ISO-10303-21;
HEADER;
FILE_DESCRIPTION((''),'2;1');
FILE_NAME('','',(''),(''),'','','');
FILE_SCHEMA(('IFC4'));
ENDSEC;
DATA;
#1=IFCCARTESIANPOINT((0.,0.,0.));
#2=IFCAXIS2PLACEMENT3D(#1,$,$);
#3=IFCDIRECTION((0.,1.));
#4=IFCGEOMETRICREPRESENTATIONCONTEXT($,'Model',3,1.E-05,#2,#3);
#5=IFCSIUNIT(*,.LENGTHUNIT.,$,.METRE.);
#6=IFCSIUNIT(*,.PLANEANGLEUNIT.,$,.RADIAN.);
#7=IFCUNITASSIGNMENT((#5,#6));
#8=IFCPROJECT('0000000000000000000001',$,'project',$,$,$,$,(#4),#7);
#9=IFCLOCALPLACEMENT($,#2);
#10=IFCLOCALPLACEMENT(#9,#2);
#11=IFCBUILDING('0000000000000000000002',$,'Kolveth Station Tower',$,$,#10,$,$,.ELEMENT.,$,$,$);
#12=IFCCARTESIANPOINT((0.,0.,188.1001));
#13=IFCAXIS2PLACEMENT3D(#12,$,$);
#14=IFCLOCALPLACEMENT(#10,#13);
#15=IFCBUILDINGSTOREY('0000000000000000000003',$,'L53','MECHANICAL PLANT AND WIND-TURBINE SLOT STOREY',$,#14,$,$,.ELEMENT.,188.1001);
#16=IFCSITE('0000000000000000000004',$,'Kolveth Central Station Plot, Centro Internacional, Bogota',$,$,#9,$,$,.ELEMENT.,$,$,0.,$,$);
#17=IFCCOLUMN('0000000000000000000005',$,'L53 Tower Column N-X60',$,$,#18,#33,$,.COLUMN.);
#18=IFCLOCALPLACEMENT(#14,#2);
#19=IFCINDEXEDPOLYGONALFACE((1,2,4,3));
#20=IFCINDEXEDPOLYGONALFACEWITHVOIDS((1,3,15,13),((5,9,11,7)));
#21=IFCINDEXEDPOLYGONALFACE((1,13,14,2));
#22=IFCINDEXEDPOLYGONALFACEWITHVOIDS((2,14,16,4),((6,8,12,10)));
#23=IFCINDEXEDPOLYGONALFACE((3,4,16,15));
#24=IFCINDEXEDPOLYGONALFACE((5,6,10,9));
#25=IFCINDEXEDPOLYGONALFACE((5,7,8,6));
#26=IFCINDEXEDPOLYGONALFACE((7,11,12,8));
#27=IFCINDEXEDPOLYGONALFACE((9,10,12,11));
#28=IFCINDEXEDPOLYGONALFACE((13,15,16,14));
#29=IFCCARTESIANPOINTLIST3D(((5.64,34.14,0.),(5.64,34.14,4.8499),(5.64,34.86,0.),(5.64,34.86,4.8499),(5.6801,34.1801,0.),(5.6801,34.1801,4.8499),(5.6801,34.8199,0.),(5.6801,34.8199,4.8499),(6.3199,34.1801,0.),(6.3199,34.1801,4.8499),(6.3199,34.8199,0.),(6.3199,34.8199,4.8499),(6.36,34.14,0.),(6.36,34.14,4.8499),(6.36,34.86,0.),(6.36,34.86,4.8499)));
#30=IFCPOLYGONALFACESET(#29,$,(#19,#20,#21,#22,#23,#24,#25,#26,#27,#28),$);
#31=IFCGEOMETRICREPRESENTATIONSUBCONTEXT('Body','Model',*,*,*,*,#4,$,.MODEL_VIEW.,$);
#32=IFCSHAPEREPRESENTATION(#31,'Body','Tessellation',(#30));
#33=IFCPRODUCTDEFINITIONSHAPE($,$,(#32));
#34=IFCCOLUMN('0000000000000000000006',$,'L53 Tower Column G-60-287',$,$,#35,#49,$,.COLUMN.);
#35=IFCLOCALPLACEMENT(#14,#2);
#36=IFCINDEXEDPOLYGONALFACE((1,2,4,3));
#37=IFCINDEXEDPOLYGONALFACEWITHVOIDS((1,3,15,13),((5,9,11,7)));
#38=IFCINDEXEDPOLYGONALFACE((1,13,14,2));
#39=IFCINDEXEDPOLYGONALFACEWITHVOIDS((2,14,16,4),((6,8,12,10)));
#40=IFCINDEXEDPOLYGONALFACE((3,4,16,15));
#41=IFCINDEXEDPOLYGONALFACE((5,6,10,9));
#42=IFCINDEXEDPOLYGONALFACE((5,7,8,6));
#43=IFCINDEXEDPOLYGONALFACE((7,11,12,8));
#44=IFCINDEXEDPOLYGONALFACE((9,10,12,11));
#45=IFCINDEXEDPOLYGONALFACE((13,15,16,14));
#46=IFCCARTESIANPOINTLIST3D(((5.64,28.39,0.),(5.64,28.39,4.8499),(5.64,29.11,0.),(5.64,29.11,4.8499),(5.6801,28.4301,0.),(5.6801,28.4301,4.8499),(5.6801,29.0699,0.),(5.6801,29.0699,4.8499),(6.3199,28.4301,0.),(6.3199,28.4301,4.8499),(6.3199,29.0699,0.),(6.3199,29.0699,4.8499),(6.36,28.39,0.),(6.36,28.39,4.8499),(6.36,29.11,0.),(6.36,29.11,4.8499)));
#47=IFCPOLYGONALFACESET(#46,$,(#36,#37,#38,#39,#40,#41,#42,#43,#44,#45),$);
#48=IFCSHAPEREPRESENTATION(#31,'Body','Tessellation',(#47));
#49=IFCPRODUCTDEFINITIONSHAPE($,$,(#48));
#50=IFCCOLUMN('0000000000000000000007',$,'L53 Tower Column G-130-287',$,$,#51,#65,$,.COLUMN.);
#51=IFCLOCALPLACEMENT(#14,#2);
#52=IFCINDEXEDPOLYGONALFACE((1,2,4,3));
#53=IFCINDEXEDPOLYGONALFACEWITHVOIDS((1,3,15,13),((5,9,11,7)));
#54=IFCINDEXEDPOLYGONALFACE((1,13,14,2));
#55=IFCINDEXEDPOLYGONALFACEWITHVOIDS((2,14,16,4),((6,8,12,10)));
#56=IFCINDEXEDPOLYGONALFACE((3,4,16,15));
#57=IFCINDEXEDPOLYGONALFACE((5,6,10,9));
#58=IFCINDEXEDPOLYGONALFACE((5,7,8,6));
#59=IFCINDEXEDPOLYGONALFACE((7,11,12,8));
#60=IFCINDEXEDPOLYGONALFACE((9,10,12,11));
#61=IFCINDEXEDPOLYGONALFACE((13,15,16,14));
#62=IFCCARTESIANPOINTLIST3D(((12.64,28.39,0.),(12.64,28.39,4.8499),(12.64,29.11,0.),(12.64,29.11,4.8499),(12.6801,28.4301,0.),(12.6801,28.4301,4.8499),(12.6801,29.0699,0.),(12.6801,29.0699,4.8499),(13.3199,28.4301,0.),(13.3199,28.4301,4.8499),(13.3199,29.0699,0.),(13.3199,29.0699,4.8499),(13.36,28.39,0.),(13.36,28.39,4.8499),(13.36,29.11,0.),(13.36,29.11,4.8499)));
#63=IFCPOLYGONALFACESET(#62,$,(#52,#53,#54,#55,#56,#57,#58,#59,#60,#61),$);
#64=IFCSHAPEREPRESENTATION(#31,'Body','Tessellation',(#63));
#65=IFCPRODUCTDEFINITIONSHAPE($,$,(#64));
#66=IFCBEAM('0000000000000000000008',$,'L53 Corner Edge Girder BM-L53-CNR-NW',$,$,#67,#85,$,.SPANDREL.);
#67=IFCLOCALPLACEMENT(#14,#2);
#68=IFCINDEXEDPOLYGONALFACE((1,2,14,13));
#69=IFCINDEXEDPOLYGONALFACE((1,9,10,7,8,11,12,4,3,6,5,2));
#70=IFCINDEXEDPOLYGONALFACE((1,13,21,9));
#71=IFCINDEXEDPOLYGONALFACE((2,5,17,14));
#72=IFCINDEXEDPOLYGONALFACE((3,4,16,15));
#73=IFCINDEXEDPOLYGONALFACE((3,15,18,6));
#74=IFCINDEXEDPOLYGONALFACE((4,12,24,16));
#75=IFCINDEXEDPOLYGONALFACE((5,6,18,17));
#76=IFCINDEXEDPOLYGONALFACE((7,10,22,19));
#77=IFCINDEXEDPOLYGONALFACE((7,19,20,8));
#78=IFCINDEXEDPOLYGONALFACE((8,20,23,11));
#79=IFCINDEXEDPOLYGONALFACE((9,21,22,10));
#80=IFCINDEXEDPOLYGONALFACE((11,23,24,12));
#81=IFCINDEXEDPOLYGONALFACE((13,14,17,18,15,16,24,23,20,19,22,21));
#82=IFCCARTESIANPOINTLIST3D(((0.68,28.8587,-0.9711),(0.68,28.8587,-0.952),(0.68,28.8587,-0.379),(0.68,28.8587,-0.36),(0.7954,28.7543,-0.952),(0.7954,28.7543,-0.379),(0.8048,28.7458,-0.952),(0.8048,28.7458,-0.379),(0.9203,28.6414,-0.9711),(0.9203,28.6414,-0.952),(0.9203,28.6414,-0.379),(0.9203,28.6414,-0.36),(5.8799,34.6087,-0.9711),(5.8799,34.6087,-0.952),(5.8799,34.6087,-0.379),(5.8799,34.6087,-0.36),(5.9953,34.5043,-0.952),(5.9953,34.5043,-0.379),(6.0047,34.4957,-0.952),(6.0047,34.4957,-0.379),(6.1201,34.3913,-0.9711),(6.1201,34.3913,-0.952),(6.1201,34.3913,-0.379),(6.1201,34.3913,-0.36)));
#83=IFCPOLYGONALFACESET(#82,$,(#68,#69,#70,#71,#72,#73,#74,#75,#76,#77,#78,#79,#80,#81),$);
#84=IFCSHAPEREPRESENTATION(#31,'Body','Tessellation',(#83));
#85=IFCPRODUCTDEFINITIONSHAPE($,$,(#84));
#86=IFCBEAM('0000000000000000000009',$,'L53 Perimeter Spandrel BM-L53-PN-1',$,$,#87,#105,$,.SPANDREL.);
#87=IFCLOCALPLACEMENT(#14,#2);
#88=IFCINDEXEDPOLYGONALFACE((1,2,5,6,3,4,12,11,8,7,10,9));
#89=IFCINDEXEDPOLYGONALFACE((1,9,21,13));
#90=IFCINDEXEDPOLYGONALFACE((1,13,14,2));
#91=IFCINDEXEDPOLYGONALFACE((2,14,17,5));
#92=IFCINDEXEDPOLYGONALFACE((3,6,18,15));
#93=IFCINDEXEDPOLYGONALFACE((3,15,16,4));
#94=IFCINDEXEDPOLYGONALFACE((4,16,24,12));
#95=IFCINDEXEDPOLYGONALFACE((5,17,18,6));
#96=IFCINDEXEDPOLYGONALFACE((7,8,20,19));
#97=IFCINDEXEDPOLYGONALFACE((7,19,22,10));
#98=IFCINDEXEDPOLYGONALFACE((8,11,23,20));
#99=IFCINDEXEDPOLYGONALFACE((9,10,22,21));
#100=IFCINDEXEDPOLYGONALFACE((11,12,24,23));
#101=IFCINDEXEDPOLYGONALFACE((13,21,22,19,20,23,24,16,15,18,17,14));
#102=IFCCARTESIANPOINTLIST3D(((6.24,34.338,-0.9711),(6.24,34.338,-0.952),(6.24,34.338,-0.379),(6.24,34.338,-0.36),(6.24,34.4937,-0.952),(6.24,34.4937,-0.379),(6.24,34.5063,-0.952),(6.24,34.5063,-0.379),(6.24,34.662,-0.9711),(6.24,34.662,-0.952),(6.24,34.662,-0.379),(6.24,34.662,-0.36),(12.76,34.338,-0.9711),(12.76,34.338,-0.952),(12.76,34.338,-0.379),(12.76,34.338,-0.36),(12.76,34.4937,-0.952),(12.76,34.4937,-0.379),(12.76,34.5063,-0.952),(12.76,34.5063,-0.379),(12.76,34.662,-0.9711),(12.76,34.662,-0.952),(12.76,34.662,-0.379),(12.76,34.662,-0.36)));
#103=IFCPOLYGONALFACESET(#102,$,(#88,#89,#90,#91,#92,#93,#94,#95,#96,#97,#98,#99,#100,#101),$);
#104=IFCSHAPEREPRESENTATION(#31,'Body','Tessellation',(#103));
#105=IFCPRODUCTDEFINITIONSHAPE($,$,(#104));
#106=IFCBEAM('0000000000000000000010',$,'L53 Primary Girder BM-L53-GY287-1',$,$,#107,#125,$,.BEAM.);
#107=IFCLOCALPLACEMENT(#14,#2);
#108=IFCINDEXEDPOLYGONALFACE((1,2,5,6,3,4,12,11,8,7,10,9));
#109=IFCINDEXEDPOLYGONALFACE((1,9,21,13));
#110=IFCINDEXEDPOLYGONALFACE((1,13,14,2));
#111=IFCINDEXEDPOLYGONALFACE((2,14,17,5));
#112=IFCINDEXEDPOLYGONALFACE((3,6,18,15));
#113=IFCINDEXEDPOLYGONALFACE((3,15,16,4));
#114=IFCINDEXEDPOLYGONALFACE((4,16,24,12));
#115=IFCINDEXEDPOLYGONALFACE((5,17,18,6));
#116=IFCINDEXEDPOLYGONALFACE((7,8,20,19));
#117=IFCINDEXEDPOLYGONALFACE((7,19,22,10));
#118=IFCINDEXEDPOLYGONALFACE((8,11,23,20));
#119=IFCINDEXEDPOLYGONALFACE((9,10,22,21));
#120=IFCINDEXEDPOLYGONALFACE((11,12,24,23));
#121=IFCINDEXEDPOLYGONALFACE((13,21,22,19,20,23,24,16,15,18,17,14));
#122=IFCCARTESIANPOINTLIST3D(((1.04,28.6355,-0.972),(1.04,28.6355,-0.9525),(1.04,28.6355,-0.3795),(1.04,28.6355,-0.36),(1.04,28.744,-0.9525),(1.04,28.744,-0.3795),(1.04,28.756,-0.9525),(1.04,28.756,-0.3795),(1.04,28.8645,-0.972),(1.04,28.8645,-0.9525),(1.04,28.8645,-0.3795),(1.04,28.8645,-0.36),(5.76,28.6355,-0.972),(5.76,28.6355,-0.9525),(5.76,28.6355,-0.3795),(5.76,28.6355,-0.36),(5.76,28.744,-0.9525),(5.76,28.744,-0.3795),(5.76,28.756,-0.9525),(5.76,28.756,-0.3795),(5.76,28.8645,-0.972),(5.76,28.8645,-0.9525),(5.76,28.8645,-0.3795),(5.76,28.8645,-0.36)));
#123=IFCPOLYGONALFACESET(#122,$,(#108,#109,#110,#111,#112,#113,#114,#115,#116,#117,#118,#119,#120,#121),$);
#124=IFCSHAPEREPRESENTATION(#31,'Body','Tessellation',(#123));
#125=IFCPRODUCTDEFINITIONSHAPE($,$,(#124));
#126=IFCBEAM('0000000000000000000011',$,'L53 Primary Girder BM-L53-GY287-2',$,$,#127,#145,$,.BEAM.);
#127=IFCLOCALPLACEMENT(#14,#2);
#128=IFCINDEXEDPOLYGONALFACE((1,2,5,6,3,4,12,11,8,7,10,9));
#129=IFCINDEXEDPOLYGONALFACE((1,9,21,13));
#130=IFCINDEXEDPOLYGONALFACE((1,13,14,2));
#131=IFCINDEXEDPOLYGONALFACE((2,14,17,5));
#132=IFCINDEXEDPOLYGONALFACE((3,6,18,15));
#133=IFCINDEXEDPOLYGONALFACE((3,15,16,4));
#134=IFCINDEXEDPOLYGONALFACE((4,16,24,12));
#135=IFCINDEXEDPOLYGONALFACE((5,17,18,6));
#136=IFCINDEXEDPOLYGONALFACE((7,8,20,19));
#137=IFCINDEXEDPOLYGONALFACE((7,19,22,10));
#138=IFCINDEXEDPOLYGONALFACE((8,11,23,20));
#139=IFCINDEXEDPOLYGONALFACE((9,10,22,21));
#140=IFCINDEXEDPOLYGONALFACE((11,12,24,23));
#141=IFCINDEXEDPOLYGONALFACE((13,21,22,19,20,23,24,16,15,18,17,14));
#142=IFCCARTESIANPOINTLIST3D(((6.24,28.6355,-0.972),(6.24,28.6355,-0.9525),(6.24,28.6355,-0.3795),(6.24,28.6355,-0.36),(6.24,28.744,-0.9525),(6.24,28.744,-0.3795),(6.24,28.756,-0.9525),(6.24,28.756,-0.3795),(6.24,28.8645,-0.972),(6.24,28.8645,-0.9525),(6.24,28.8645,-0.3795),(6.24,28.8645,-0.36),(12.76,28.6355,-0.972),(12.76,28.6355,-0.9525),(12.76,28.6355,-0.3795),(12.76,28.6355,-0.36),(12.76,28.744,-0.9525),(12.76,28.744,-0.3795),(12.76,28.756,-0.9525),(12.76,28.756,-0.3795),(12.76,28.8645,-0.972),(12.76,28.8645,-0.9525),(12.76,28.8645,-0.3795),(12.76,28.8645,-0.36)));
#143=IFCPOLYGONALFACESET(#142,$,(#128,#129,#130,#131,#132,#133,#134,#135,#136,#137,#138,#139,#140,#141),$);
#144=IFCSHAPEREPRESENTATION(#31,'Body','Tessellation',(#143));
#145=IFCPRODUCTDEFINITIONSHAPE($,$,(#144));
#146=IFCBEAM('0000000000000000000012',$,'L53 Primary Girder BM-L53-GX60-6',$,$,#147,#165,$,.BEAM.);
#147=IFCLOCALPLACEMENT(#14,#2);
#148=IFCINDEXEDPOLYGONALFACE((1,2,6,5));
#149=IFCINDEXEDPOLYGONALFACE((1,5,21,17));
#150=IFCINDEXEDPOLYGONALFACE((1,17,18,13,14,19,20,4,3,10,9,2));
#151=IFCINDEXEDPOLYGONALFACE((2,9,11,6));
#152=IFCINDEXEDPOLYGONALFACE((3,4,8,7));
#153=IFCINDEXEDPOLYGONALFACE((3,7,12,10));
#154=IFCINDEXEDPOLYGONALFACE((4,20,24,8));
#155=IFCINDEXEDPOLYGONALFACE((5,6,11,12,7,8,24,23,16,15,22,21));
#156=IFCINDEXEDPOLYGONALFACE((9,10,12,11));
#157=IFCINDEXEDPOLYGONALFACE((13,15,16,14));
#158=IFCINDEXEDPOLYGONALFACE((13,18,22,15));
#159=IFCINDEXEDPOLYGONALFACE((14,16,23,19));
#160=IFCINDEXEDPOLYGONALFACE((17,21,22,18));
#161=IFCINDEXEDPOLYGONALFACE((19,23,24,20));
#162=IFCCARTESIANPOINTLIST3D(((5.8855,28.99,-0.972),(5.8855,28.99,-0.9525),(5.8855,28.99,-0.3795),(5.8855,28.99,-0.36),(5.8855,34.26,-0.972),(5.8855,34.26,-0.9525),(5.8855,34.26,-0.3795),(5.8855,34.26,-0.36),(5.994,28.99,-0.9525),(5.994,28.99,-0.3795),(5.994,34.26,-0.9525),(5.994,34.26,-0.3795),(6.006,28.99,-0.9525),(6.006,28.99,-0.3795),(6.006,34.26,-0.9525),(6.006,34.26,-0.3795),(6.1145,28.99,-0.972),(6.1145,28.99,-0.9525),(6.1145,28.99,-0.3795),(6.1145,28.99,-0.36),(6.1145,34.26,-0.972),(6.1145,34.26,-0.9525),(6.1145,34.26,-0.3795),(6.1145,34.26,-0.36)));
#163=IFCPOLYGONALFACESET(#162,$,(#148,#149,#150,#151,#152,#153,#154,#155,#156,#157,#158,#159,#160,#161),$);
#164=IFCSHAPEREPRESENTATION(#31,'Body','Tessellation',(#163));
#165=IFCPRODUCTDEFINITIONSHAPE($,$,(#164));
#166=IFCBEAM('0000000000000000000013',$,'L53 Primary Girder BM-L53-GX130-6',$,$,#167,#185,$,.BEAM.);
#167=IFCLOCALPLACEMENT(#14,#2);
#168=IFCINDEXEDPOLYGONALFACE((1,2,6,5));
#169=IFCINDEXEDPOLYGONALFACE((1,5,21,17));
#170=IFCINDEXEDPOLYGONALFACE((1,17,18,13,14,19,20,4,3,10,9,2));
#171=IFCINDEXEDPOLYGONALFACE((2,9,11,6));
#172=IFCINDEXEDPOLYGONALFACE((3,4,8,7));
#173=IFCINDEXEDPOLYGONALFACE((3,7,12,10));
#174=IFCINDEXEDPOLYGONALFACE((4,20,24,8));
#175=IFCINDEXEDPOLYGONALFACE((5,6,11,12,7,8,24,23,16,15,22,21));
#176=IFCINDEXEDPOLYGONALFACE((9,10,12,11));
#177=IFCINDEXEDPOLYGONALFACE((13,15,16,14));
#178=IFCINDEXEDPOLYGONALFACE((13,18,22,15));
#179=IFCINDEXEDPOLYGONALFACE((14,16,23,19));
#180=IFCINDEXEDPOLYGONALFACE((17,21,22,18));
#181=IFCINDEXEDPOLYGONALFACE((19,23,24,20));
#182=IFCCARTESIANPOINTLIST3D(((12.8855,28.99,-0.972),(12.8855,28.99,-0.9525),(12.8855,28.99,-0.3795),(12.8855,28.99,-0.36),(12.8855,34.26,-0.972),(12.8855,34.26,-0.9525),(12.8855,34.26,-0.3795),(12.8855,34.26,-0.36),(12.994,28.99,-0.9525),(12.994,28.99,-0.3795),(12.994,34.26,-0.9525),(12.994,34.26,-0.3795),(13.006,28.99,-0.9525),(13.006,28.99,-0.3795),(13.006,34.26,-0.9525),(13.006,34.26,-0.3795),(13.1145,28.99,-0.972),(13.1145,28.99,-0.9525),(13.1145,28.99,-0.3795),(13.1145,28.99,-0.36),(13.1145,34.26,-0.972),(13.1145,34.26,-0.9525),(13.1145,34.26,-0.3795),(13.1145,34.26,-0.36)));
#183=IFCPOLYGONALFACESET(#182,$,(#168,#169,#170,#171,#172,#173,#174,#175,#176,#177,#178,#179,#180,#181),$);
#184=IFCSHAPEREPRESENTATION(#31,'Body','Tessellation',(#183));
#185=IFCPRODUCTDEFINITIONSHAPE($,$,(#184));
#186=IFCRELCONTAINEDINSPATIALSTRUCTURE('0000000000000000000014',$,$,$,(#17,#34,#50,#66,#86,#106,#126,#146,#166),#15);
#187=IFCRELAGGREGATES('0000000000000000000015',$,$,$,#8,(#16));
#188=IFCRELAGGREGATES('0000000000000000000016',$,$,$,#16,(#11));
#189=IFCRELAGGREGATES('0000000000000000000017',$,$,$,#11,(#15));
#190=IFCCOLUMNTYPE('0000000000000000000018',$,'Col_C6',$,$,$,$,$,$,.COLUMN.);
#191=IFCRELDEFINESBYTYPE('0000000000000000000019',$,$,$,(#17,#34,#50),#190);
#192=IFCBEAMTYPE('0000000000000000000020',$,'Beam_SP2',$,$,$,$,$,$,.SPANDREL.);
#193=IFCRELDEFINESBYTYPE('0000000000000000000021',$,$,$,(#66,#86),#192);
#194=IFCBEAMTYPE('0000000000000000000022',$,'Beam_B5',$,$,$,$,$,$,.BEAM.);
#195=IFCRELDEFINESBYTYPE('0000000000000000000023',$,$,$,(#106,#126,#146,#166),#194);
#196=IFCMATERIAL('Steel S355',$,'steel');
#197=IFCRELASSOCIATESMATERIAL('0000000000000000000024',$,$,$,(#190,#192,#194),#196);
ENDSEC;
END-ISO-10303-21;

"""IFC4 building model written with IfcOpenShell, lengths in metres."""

from ifc_helpers import new_model, si_unit, direction, frame, origin, origin_2d, place, context, subcontext, project, spatial, hollow_rectangle, i_section, extrude, source, transform, mapped, material, material_profile, profile_set, type_object, element, save


model = new_model("IFC4")

# Units and contexts
model_context = context("Model", 3, precision=1e-05, world=origin(), true_north=direction((0.0, 1.0)))
body_context = subcontext(model_context, "Body", "Model", "MODEL_VIEW")
ifc_project = project(units=[si_unit("LENGTHUNIT", "METRE"), si_unit("PLANEANGLEUNIT", "RADIAN")], contexts=[model_context])

# Site, building, storey
site_placement = place(None, origin())
site = spatial("IfcSite", under=ifc_project, at=site_placement, Name="Kolveth Central Station Plot, Centro Internacional, Bogota", CompositionType="ELEMENT", RefElevation=0.0)
building_placement = place(site_placement, origin())
building = spatial("IfcBuilding", under=site, at=building_placement, Name="Kolveth Station Tower", CompositionType="ELEMENT")
storey_placement = place(building_placement, frame((0.0, 0.0, 188.1001)))
storey = spatial("IfcBuildingStorey", under=building, at=storey_placement, Name="L53", Description="MECHANICAL PLANT AND WIND-TURBINE SLOT STOREY", CompositionType="ELEMENT", Elevation=188.1001)

# Columns
ifc_material_1 = material(Name="Steel S355", Category="steel")
ifc_material_profile_1 = material_profile(ifc_material_1, hollow_rectangle(XDim=0.72, YDim=0.72, WallThickness=0.04, at=origin_2d()), Name="BOX720x720x40")
ifc_profile_set_1 = profile_set([ifc_material_profile_1], Name="Steel S355")
column_type = type_object("IfcColumnType", Name="Col_C6", PredefinedType="COLUMN", material=ifc_profile_set_1)
shared_shape_1 = source(origin(), body_context, "Body", "SweptSolid", [
    extrude(hollow_rectangle(XDim=0.72, YDim=0.72, WallThickness=0.04, at=origin_2d()), origin(), (0.0, 0.0, 1.0), 4.8499),
])
for number, where, z_axis, x_axis, name in (
    (1, (6.0, 34.5, 0.0), (0.0, 0.0, 1.0), (1.0, 0.0, 0.0), "L53 Tower Column N-X60"),
    (2, (6.0, 28.75, 0.0), (0.0, 0.0, 1.0), (1.0, 0.0, 0.0), "L53 Tower Column G-60-287"),
    (3, (13.0, 28.75, 0.0), (0.0, 0.0, 1.0), (1.0, 0.0, 0.0), "L53 Tower Column G-130-287"),
):
    element("IfcColumn", number, at=place(storey_placement, frame(where, z_axis=z_axis, x_axis=x_axis)), inside=storey, type_object=column_type, Name=name, PredefinedType="COLUMN", context=body_context, shape_type="MappedRepresentation", body=[
        mapped(shared_shape_1, transform((0.0, 0.0, 0.0), x_axis=(1.0, 0.0, 0.0), y_axis=(0.0, 1.0, 0.0), z_axis=(0.0, 0.0, 1.0), scale=1.0)),
    ])

# Beams
ifc_material_profile_2 = material_profile(ifc_material_1, i_section(OverallWidth=0.324, OverallDepth=0.6111, WebThickness=0.0127, FlangeThickness=0.019, at=origin_2d()), Name="W610x155")
ifc_profile_set_2 = profile_set([ifc_material_profile_2], Name="Steel S355")
beam_type_1 = type_object("IfcBeamType", Name="Beam_SP2", PredefinedType="SPANDREL", material=ifc_profile_set_2)
shared_shape_2 = source(origin(), body_context, "Body", "SweptSolid", [
    extrude(i_section(OverallWidth=0.324, OverallDepth=0.6111, WebThickness=0.0127, FlangeThickness=0.019, at=origin_2d()), origin(), (0.0, 0.0, 1.0), 7.7524),
])
beam_1_placement = place(storey_placement, frame((6.0, 34.5, -0.6655), z_axis=(-0.670741, -0.741692, 0.0), x_axis=(0.741692, -0.670741, 0.0)))
element("IfcBeam", 4, at=beam_1_placement, inside=storey, type_object=beam_type_1, Name="L53 Corner Edge Girder BM-L53-CNR-NW", PredefinedType="SPANDREL", context=body_context, shape_type="MappedRepresentation", body=[
    mapped(shared_shape_2, transform((0.0, 0.0, 0.0), x_axis=(1.0, 0.0, 0.0), y_axis=(0.0, 1.0, 0.0), z_axis=(0.0, 0.0, 1.0), scale=1.0)),
])
shared_shape_3 = source(origin(), body_context, "Body", "SweptSolid", [
    extrude(i_section(OverallWidth=0.324, OverallDepth=0.6111, WebThickness=0.0127, FlangeThickness=0.019, at=origin_2d()), origin(), (0.0, 0.0, 1.0), 6.52),
])
beam_2_placement = place(storey_placement, frame((6.24, 34.5, -0.6655), z_axis=(1.0, 0.0, 0.0), x_axis=(0.0, 1.0, 0.0)))
element("IfcBeam", 5, at=beam_2_placement, inside=storey, type_object=beam_type_1, Name="L53 Perimeter Spandrel BM-L53-PN-1", PredefinedType="SPANDREL", context=body_context, shape_type="MappedRepresentation", body=[
    mapped(shared_shape_3, transform((0.0, 0.0, 0.0), x_axis=(1.0, 0.0, 0.0), y_axis=(0.0, 1.0, 0.0), z_axis=(0.0, 0.0, 1.0), scale=1.0)),
])
ifc_material_profile_3 = material_profile(ifc_material_1, i_section(OverallWidth=0.229, OverallDepth=0.6121, WebThickness=0.012, FlangeThickness=0.0195, at=origin_2d()), Name="W610x125")
ifc_profile_set_3 = profile_set([ifc_material_profile_3], Name="Steel S355")
beam_type_2 = type_object("IfcBeamType", Name="Beam_B5", PredefinedType="BEAM", material=ifc_profile_set_3)
shared_shape_4 = source(origin(), body_context, "Body", "SweptSolid", [
    extrude(i_section(OverallWidth=0.229, OverallDepth=0.6121, WebThickness=0.012, FlangeThickness=0.0195, at=origin_2d()), origin(), (0.0, 0.0, 1.0), 4.72),
])
beam_3_placement = place(storey_placement, frame((1.04, 28.75, -0.666), z_axis=(1.0, 0.0, 0.0), x_axis=(0.0, 1.0, 0.0)))
element("IfcBeam", 6, at=beam_3_placement, inside=storey, type_object=beam_type_2, Name="L53 Primary Girder BM-L53-GY287-1", PredefinedType="BEAM", context=body_context, shape_type="MappedRepresentation", body=[
    mapped(shared_shape_4, transform((0.0, 0.0, 0.0), x_axis=(1.0, 0.0, 0.0), y_axis=(0.0, 1.0, 0.0), z_axis=(0.0, 0.0, 1.0), scale=1.0)),
])
shared_shape_5 = source(origin(), body_context, "Body", "SweptSolid", [
    extrude(i_section(OverallWidth=0.229, OverallDepth=0.6121, WebThickness=0.012, FlangeThickness=0.0195, at=origin_2d()), origin(), (0.0, 0.0, 1.0), 6.52),
])
beam_4_placement = place(storey_placement, frame((6.24, 28.75, -0.666), z_axis=(1.0, 0.0, 0.0), x_axis=(0.0, 1.0, 0.0)))
element("IfcBeam", 7, at=beam_4_placement, inside=storey, type_object=beam_type_2, Name="L53 Primary Girder BM-L53-GY287-2", PredefinedType="BEAM", context=body_context, shape_type="MappedRepresentation", body=[
    mapped(shared_shape_5, transform((0.0, 0.0, 0.0), x_axis=(1.0, 0.0, 0.0), y_axis=(0.0, 1.0, 0.0), z_axis=(0.0, 0.0, 1.0), scale=1.0)),
])
shared_shape_6 = source(origin(), body_context, "Body", "SweptSolid", [
    extrude(i_section(OverallWidth=0.229, OverallDepth=0.6121, WebThickness=0.012, FlangeThickness=0.0195, at=origin_2d()), origin(), (0.0, 0.0, 1.0), 5.27),
])
for number, where, z_axis, x_axis, name in (
    (8, (6.0, 28.99, -0.666), (0.0, 1.0, 0.0), (-1.0, 0.0, 0.0), "L53 Primary Girder BM-L53-GX60-6"),
    (9, (13.0, 28.99, -0.666), (0.0, 1.0, 0.0), (-1.0, 0.0, 0.0), "L53 Primary Girder BM-L53-GX130-6"),
):
    element("IfcBeam", number, at=place(storey_placement, frame(where, z_axis=z_axis, x_axis=x_axis)), inside=storey, type_object=beam_type_2, Name=name, PredefinedType="BEAM", context=body_context, shape_type="MappedRepresentation", body=[
        mapped(shared_shape_6, transform((0.0, 0.0, 0.0), x_axis=(1.0, 0.0, 0.0), y_axis=(0.0, 1.0, 0.0), z_axis=(0.0, 0.0, 1.0), scale=1.0)),
    ])

save(model, "model.ifc")
